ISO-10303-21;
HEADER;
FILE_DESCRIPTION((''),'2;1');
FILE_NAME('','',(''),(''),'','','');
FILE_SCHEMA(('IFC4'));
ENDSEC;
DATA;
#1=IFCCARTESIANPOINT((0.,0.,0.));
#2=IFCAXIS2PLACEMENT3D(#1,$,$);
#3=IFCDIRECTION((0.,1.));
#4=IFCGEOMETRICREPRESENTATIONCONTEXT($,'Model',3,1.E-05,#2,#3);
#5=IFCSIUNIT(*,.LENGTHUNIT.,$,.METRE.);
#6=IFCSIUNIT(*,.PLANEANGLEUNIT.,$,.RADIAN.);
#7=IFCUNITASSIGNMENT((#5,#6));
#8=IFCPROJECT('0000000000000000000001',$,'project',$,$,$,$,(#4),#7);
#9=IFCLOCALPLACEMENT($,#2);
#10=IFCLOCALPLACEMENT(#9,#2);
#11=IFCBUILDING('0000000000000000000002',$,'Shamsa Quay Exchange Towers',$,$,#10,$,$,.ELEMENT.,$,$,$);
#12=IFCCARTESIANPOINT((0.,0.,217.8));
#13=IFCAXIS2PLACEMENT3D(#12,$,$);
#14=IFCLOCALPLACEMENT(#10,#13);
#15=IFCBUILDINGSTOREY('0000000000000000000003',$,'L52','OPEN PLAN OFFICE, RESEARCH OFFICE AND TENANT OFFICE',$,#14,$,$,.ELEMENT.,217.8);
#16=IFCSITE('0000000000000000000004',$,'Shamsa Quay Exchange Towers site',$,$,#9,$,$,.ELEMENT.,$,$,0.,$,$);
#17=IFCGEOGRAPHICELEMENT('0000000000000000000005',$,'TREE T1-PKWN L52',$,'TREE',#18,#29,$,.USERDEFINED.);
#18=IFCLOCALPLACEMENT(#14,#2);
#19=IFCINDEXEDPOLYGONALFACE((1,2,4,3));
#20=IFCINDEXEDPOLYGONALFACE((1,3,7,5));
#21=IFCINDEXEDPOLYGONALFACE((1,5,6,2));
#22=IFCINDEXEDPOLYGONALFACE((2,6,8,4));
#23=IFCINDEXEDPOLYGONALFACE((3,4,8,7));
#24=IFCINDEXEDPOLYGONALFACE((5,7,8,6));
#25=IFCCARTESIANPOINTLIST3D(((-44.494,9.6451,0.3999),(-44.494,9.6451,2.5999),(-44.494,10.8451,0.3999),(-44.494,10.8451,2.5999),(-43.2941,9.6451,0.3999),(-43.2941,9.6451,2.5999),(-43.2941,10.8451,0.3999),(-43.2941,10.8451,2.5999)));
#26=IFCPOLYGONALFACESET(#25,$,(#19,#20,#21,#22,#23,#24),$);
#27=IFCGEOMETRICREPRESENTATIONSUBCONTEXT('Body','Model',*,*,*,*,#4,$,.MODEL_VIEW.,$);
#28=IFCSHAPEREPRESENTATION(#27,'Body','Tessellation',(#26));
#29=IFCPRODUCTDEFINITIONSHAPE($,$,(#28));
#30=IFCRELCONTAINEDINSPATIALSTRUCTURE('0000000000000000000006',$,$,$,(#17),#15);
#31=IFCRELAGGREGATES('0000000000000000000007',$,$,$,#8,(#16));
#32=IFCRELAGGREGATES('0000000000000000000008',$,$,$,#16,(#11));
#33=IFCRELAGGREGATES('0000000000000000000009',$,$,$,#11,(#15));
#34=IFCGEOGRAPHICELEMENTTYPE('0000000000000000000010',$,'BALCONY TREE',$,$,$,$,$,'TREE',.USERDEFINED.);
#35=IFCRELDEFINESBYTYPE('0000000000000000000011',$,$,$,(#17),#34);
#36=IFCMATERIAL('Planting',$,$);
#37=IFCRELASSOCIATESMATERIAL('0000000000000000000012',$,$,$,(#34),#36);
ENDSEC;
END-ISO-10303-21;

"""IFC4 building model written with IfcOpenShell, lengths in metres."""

from ifc_helpers import new_model, si_unit, direction, frame, origin, origin_2d, place, context, subcontext, project, spatial, rectangle, extrude, material, type_object, element, save


model = new_model("IFC4")

# Units and contexts
model_context = context("Model", 3, precision=1e-05, world=origin(), true_north=direction((0.0, 1.0)))
body_context = subcontext(model_context, "Body", "Model", "MODEL_VIEW")
ifc_project = project(units=[si_unit("LENGTHUNIT", "METRE"), si_unit("PLANEANGLEUNIT", "RADIAN")], contexts=[model_context])

# Site, building, storey
site_placement = place(None, origin())
site = spatial("IfcSite", under=ifc_project, at=site_placement, Name="Shamsa Quay Exchange Towers site", CompositionType="ELEMENT", RefElevation=0.0)
building_placement = place(site_placement, origin())
building = spatial("IfcBuilding", under=site, at=building_placement, Name="Shamsa Quay Exchange Towers", CompositionType="ELEMENT")
storey_placement = place(building_placement, frame((0.0, 0.0, 217.8)))
storey = spatial("IfcBuildingStorey", under=building, at=storey_placement, Name="L52", Description="OPEN PLAN OFFICE, RESEARCH OFFICE AND TENANT OFFICE", CompositionType="ELEMENT", Elevation=217.8)

# Geographic element
ifc_material_1 = material(Name="Planting")
geographic_element_type = type_object("IfcGeographicElementType", Name="BALCONY TREE", ElementType="TREE", PredefinedType="USERDEFINED", material=ifc_material_1)
geographic_element_placement = place(storey_placement, frame((-43.894, 10.2451, 0.3999), z_axis=(0.0, 0.0, 1.0), x_axis=(-1.0, 0.0, 0.0)))
element("IfcGeographicElement", 1, at=geographic_element_placement, inside=storey, type_object=geographic_element_type, Name="TREE T1-PKWN L52", ObjectType="TREE", PredefinedType="USERDEFINED", context=body_context, shape_type="SweptSolid", body=[
    extrude(rectangle(XDim=1.2, YDim=1.2, at=origin_2d()), origin(), (0.0, 0.0, 1.0), 2.2),
])

save(model, "model.ifc")
